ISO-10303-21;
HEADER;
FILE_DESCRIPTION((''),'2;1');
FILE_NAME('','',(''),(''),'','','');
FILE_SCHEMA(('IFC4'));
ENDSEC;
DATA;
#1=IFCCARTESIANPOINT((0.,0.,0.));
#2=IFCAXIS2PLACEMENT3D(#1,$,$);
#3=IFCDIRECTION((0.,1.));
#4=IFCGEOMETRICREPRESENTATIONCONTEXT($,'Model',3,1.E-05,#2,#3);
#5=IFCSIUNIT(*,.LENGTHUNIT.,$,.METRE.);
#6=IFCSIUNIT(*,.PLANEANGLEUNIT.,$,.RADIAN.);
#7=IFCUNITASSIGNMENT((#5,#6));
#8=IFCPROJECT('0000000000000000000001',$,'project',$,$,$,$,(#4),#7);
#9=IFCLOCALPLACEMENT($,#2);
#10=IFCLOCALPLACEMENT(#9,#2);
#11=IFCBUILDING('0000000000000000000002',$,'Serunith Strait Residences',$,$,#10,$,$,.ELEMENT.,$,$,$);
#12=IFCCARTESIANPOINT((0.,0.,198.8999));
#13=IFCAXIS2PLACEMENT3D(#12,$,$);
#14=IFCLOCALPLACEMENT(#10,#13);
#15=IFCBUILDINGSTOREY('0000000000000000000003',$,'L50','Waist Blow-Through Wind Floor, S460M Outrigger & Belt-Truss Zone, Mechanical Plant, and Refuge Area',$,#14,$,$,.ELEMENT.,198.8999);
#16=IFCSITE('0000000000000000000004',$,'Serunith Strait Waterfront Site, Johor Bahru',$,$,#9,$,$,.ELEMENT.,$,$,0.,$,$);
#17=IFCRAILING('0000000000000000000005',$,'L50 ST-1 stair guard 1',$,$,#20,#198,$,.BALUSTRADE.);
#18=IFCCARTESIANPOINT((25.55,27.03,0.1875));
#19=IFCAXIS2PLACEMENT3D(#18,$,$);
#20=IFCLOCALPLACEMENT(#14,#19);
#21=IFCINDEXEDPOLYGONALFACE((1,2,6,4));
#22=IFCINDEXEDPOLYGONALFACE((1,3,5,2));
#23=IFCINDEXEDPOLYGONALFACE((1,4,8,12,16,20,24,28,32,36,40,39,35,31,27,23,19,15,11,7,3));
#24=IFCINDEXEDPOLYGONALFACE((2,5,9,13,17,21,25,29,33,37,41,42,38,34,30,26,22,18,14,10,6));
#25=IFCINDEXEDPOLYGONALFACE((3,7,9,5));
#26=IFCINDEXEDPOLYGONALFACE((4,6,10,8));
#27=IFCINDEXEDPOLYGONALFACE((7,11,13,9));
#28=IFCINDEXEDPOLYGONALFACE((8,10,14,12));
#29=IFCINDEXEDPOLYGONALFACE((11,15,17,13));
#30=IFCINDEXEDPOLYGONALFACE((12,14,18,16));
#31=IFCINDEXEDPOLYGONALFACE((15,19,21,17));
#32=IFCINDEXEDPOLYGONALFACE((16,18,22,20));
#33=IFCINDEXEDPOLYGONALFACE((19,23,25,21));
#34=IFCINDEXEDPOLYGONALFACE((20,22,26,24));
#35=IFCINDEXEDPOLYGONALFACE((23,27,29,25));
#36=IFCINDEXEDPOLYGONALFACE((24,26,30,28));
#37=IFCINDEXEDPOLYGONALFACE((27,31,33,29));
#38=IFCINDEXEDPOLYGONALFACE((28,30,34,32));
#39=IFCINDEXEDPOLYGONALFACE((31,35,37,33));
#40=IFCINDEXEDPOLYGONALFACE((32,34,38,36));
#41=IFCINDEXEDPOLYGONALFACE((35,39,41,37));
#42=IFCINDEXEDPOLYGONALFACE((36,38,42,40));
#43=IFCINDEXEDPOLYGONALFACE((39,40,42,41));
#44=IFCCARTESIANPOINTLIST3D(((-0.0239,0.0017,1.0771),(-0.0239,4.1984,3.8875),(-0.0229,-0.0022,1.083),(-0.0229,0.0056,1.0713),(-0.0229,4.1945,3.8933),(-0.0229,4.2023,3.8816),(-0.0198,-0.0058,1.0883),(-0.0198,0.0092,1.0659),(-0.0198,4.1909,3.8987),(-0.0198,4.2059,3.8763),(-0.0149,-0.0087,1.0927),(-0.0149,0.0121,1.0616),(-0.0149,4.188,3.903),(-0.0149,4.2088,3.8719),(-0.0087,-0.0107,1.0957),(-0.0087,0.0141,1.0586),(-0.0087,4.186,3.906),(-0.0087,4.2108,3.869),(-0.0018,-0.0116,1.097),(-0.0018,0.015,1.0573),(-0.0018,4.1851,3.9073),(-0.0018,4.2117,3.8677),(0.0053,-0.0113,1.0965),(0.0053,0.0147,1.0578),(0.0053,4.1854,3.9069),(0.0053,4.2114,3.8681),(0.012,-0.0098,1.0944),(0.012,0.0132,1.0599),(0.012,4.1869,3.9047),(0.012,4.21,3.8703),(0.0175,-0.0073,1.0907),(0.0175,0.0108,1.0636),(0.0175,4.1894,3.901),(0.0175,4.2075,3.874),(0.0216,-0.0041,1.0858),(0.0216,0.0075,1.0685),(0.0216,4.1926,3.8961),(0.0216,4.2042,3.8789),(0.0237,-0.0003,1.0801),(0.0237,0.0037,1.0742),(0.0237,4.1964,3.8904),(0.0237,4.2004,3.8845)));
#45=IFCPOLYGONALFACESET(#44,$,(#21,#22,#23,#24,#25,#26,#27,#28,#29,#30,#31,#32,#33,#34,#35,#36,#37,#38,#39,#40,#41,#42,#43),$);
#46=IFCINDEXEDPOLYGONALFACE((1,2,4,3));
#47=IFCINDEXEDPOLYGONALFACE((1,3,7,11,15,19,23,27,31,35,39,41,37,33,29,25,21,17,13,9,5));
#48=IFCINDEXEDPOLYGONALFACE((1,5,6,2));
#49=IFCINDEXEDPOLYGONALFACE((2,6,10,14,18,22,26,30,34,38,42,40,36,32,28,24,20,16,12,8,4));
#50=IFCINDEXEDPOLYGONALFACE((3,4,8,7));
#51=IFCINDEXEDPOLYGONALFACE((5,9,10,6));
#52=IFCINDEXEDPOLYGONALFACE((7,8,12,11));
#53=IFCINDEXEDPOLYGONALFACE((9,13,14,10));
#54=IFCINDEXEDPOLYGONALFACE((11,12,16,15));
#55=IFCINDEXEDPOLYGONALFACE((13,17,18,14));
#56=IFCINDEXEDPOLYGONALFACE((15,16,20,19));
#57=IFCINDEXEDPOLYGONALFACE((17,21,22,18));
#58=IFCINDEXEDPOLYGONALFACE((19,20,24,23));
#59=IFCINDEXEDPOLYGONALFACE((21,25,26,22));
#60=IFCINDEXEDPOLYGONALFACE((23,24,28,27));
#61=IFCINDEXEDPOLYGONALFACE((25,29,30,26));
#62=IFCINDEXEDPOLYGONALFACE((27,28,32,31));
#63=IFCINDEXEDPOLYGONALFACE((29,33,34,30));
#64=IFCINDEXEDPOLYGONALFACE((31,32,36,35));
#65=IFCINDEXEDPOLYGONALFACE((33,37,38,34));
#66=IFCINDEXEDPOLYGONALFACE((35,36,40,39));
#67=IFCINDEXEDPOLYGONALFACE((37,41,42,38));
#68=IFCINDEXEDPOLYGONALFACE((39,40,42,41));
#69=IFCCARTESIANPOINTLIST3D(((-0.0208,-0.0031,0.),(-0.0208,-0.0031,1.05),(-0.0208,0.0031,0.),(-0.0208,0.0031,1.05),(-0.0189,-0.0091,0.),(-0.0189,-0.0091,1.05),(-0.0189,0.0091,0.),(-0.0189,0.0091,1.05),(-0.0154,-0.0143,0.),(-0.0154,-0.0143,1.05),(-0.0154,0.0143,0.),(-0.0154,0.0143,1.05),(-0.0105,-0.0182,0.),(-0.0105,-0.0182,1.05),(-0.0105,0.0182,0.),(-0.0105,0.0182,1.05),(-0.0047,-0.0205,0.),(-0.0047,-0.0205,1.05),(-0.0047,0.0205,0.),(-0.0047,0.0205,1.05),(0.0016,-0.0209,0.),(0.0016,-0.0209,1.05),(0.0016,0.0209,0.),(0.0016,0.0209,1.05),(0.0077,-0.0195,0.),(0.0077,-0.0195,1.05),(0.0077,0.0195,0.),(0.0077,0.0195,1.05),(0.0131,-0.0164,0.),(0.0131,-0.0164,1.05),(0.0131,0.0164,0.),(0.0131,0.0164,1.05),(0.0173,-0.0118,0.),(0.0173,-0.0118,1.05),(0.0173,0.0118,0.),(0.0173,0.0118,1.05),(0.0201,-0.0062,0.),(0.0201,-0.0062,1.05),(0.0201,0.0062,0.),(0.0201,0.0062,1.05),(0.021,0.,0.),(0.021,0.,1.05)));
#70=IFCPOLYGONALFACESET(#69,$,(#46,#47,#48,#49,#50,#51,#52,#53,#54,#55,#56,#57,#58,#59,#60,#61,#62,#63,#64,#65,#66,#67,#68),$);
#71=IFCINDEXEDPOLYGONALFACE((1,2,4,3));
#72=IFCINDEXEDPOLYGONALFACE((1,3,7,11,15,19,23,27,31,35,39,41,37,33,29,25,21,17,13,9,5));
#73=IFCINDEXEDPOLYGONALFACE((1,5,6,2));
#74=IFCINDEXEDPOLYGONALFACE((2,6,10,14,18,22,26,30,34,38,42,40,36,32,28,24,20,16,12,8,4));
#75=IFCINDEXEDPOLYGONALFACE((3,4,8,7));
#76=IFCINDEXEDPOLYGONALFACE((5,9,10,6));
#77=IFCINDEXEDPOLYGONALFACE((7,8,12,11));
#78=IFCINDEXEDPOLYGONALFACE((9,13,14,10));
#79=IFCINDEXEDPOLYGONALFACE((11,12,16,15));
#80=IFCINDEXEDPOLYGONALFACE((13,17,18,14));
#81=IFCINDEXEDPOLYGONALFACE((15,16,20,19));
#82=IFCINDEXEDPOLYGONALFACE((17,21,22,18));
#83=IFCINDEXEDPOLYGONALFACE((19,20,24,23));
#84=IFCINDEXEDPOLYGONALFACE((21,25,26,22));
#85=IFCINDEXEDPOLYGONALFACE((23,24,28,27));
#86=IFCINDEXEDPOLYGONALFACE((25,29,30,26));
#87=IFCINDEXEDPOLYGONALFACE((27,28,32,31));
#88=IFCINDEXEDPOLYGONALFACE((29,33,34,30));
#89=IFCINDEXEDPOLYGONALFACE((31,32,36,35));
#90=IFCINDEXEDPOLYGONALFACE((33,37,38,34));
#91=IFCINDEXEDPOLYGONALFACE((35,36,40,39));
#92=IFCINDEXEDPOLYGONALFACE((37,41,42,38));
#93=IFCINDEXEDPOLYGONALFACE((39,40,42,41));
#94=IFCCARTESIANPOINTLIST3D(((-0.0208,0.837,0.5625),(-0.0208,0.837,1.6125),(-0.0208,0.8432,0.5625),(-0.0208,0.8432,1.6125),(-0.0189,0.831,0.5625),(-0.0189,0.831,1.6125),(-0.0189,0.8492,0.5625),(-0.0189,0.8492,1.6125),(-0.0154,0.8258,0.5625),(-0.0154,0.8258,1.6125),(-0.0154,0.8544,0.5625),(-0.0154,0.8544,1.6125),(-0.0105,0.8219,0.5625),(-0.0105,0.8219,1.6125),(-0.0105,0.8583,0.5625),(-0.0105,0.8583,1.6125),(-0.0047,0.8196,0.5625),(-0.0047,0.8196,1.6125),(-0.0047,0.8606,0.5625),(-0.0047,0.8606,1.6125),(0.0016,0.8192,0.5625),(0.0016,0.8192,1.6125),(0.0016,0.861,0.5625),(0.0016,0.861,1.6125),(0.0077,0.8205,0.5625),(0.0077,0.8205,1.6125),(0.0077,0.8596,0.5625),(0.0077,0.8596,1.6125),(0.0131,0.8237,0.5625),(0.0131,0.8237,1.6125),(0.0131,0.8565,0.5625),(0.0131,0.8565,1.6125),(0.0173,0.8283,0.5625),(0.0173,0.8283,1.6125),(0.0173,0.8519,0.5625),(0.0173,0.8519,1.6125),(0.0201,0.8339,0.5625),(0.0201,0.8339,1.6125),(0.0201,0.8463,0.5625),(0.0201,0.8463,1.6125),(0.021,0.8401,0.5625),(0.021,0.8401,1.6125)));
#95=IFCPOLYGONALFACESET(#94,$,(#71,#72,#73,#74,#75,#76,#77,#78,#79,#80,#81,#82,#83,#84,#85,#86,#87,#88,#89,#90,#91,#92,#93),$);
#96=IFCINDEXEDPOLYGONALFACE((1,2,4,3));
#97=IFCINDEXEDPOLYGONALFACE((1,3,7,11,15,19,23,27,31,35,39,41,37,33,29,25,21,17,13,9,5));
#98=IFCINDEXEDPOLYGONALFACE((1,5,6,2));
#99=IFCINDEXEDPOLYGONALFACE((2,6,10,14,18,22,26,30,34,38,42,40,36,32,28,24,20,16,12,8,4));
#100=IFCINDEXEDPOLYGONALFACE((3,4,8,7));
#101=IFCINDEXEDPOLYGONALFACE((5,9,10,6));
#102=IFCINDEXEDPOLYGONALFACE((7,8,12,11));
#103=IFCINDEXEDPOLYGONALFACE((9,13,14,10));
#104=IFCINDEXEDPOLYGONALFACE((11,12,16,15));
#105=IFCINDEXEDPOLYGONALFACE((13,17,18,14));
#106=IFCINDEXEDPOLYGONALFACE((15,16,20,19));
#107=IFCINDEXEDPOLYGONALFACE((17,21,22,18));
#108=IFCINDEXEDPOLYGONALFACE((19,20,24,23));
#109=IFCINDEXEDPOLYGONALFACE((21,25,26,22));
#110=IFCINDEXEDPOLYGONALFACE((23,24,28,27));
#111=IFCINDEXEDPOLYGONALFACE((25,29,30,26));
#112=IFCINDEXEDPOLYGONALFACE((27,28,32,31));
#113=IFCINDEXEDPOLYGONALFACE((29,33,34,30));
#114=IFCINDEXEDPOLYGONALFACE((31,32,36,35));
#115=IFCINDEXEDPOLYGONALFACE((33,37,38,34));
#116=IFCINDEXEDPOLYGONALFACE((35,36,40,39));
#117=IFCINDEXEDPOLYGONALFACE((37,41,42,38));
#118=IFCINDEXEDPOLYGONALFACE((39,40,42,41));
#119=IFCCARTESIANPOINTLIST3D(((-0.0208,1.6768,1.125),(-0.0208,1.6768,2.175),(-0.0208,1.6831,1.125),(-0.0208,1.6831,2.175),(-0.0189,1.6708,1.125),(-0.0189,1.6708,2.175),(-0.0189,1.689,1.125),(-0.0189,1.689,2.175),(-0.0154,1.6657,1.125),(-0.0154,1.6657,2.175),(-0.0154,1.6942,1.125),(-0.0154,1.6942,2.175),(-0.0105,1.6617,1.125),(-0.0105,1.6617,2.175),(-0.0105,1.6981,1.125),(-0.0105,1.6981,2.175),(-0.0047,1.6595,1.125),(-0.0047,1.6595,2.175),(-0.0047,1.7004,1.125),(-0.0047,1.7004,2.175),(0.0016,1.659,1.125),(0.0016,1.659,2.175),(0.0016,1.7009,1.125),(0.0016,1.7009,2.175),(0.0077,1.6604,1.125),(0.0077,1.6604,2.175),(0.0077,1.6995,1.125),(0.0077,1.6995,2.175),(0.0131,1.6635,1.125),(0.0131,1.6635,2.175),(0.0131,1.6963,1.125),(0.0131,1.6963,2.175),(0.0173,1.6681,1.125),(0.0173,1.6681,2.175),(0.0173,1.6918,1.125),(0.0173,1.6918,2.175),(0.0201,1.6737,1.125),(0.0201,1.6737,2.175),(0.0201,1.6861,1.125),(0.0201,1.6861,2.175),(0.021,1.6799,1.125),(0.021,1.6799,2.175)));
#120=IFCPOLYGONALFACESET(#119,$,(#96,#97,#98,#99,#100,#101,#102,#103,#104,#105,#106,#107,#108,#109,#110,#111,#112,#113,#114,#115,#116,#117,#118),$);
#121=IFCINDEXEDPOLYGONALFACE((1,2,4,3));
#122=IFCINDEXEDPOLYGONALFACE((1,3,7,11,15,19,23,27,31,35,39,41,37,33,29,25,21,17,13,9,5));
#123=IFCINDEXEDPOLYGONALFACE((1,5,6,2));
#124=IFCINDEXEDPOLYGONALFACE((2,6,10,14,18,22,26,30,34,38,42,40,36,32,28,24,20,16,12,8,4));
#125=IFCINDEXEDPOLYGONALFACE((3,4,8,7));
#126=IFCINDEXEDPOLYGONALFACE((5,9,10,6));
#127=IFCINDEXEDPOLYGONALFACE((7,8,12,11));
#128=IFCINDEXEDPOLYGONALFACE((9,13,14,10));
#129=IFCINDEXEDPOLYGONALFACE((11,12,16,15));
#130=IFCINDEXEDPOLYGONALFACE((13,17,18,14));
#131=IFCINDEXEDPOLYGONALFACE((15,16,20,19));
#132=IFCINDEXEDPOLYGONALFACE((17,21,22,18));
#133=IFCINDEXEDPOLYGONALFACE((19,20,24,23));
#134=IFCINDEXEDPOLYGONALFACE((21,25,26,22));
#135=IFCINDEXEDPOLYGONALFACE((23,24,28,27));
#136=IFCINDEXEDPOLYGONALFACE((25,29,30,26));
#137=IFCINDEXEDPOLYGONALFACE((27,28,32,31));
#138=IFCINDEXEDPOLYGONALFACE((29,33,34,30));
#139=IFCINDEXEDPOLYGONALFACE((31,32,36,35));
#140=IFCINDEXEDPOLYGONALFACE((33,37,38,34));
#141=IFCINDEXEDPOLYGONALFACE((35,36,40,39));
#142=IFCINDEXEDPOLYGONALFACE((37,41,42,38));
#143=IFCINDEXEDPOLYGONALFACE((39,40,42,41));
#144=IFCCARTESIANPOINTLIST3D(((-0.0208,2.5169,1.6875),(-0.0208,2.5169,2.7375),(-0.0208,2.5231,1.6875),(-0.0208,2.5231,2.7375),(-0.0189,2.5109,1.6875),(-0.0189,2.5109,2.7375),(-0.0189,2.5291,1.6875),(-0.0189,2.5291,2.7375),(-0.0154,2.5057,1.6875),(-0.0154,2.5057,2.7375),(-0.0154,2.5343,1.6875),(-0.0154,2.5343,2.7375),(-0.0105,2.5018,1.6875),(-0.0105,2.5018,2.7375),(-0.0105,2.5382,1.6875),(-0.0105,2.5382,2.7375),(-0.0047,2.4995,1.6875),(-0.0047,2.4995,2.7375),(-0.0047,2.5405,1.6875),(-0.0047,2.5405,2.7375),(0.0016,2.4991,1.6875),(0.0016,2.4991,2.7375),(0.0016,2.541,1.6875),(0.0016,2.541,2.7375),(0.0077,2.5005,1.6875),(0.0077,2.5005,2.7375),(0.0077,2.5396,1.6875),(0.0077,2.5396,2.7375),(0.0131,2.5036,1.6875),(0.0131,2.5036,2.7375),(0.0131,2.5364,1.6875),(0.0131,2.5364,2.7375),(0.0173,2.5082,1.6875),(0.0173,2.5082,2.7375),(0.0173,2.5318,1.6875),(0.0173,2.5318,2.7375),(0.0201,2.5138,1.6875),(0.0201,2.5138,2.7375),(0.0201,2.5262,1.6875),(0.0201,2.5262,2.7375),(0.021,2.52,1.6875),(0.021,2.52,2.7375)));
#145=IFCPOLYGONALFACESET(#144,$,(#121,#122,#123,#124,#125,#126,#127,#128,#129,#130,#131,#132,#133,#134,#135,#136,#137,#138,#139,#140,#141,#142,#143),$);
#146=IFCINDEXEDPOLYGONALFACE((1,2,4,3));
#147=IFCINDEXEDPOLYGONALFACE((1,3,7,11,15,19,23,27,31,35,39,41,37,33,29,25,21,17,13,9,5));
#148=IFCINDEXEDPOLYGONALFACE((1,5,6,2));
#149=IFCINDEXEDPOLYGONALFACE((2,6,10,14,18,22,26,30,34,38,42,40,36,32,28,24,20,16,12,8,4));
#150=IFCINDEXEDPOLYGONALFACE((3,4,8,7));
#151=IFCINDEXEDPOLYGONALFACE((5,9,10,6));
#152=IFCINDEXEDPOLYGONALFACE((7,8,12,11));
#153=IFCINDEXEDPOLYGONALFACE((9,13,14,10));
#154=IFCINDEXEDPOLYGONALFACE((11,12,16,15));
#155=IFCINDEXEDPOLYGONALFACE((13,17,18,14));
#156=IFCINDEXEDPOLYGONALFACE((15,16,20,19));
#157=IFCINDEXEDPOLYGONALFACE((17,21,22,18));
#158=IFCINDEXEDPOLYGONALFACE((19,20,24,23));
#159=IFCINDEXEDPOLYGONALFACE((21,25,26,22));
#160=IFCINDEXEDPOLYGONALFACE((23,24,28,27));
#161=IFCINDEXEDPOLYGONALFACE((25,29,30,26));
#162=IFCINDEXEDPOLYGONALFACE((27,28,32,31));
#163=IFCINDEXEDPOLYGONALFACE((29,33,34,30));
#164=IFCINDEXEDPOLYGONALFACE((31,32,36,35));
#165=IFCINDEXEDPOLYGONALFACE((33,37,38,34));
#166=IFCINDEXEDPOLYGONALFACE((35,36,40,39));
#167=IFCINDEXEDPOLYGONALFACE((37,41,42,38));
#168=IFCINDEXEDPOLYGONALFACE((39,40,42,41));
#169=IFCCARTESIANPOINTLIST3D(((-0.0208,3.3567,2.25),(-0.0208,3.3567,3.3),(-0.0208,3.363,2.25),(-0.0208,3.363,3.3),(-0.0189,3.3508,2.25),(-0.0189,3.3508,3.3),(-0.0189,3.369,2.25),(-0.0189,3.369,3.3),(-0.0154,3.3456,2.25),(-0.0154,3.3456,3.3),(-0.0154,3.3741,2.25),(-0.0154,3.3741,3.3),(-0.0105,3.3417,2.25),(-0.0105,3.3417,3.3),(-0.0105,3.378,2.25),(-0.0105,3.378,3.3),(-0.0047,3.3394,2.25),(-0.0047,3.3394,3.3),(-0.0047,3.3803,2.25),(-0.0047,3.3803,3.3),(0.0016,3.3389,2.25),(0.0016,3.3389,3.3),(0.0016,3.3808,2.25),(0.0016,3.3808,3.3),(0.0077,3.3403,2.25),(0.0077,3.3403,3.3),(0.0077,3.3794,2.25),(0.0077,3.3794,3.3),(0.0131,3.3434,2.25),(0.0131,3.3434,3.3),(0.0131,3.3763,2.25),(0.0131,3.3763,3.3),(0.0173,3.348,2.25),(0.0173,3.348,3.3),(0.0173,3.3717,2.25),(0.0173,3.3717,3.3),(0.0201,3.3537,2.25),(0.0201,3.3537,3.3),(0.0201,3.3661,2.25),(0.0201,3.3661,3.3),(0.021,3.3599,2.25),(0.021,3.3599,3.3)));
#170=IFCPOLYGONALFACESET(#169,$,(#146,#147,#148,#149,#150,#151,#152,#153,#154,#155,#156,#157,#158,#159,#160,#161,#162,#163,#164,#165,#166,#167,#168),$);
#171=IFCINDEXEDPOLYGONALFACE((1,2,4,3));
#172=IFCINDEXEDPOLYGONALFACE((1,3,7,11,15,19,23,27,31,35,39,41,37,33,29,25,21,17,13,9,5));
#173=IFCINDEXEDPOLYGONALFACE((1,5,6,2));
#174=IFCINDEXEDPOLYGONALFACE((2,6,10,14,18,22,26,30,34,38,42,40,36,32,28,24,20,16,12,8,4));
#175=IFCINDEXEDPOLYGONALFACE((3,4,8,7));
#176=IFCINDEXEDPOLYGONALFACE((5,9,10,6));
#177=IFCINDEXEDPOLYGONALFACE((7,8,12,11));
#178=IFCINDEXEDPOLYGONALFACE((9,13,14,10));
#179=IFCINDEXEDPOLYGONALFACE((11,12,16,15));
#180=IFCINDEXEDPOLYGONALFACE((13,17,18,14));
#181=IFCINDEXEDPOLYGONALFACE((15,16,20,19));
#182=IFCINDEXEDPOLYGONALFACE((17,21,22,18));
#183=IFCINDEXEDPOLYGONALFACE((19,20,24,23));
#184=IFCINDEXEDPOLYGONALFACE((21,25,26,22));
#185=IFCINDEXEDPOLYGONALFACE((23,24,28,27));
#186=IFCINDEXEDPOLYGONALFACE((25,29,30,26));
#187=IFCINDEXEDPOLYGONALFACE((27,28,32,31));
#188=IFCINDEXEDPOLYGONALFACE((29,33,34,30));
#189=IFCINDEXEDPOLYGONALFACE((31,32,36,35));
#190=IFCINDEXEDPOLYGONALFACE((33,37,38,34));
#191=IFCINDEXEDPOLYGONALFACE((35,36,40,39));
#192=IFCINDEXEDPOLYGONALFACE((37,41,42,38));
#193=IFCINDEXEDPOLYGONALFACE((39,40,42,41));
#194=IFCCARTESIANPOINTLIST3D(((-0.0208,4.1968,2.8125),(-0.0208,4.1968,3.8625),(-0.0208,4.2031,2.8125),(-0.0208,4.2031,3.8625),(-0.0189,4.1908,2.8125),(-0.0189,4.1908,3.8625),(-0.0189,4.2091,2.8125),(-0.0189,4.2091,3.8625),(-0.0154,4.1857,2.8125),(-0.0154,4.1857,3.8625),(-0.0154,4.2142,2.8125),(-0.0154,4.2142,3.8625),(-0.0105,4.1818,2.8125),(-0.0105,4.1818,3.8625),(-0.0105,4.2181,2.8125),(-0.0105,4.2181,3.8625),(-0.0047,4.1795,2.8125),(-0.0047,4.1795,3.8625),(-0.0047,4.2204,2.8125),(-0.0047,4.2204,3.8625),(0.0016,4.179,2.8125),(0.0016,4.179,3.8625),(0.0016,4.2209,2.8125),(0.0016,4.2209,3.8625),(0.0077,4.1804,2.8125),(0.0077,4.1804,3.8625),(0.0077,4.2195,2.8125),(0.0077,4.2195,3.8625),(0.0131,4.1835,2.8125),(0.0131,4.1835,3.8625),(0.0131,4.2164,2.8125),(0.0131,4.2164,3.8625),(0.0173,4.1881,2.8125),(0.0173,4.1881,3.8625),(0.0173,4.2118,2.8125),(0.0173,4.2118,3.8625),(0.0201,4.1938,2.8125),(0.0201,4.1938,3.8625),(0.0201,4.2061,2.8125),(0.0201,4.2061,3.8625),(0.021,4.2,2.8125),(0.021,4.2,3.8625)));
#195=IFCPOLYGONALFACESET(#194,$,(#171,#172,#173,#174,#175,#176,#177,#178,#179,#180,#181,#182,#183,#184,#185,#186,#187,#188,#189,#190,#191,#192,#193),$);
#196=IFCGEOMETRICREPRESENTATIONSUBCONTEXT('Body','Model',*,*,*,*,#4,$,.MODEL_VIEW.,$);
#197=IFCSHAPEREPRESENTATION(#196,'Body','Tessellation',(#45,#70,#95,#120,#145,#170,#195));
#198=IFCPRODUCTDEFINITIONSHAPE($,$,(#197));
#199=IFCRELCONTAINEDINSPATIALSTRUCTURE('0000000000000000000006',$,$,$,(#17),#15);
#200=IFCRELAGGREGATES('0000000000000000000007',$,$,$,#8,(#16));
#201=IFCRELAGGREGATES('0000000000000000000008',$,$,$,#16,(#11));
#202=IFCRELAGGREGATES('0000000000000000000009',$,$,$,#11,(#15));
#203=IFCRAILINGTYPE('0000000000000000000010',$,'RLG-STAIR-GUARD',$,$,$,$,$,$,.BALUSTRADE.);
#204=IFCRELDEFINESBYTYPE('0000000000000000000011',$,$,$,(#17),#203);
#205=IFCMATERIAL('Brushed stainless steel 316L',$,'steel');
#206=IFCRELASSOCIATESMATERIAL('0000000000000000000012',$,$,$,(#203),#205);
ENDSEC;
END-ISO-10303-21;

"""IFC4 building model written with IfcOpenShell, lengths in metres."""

from ifc_helpers import new_model, si_unit, direction, frame, origin, origin_2d, place, context, subcontext, project, spatial, circle, extrude, material, type_object, element, save


model = new_model("IFC4")

# Units and contexts
model_context = context("Model", 3, precision=1e-05, world=origin(), true_north=direction((0.0, 1.0)))
body_context = subcontext(model_context, "Body", "Model", "MODEL_VIEW")
ifc_project = project(units=[si_unit("LENGTHUNIT", "METRE"), si_unit("PLANEANGLEUNIT", "RADIAN")], contexts=[model_context])

# Site, building, storey
site_placement = place(None, origin())
site = spatial("IfcSite", under=ifc_project, at=site_placement, Name="Serunith Strait Waterfront Site, Johor Bahru", CompositionType="ELEMENT", RefElevation=0.0)
building_placement = place(site_placement, origin())
building = spatial("IfcBuilding", under=site, at=building_placement, Name="Serunith Strait Residences", CompositionType="ELEMENT")
storey_placement = place(building_placement, frame((0.0, 0.0, 198.8999)))
storey = spatial("IfcBuildingStorey", under=building, at=storey_placement, Name="L50", Description="Waist Blow-Through Wind Floor, S460M Outrigger & Belt-Truss Zone, Mechanical Plant, and Refuge Area", CompositionType="ELEMENT", Elevation=198.8999)

# Railing
ifc_material_1 = material(Name="Brushed stainless steel 316L", Category="steel")
railing_type_1 = type_object("IfcRailingType", Name="RLG-STAIR-GUARD", PredefinedType="BALUSTRADE", material=ifc_material_1)
railing_1_placement = place(storey_placement, frame((25.55, 27.03, 0.1875)))
element("IfcRailing", 1, at=railing_1_placement, inside=storey, type_object=railing_type_1, Name="L50 ST-1 stair guard 1", PredefinedType="BALUSTRADE", context=body_context, shape_type="SweptSolid", body=[
    extrude(circle(Radius=0.0239, at=origin_2d()), frame((0.0, 0.0017, 1.0771), z_axis=(0.0, 0.830904, 0.556416), x_axis=(-1.0, 0.0, 0.0)), (0.0, 0.0, 1.0), 5.0508),
    extrude(circle(Radius=0.021, at=origin_2d()), origin(), (0.0, 0.0, 1.0), 1.05),
    extrude(circle(Radius=0.021, at=origin_2d()), frame((0.0, 0.8401, 0.5625)), (0.0, 0.0, 1.0), 1.05),
    extrude(circle(Radius=0.021, at=origin_2d()), frame((0.0, 1.6799, 1.125)), (0.0, 0.0, 1.0), 1.05),
    extrude(circle(Radius=0.021, at=origin_2d()), frame((0.0, 2.52, 1.6875)), (0.0, 0.0, 1.0), 1.05),
    extrude(circle(Radius=0.021, at=origin_2d()), frame((0.0, 3.3599, 2.25)), (0.0, 0.0, 1.0), 1.05),
    extrude(circle(Radius=0.021, at=origin_2d()), frame((0.0, 4.2, 2.8125)), (0.0, 0.0, 1.0), 1.05),
])

save(model, "model.ifc")
